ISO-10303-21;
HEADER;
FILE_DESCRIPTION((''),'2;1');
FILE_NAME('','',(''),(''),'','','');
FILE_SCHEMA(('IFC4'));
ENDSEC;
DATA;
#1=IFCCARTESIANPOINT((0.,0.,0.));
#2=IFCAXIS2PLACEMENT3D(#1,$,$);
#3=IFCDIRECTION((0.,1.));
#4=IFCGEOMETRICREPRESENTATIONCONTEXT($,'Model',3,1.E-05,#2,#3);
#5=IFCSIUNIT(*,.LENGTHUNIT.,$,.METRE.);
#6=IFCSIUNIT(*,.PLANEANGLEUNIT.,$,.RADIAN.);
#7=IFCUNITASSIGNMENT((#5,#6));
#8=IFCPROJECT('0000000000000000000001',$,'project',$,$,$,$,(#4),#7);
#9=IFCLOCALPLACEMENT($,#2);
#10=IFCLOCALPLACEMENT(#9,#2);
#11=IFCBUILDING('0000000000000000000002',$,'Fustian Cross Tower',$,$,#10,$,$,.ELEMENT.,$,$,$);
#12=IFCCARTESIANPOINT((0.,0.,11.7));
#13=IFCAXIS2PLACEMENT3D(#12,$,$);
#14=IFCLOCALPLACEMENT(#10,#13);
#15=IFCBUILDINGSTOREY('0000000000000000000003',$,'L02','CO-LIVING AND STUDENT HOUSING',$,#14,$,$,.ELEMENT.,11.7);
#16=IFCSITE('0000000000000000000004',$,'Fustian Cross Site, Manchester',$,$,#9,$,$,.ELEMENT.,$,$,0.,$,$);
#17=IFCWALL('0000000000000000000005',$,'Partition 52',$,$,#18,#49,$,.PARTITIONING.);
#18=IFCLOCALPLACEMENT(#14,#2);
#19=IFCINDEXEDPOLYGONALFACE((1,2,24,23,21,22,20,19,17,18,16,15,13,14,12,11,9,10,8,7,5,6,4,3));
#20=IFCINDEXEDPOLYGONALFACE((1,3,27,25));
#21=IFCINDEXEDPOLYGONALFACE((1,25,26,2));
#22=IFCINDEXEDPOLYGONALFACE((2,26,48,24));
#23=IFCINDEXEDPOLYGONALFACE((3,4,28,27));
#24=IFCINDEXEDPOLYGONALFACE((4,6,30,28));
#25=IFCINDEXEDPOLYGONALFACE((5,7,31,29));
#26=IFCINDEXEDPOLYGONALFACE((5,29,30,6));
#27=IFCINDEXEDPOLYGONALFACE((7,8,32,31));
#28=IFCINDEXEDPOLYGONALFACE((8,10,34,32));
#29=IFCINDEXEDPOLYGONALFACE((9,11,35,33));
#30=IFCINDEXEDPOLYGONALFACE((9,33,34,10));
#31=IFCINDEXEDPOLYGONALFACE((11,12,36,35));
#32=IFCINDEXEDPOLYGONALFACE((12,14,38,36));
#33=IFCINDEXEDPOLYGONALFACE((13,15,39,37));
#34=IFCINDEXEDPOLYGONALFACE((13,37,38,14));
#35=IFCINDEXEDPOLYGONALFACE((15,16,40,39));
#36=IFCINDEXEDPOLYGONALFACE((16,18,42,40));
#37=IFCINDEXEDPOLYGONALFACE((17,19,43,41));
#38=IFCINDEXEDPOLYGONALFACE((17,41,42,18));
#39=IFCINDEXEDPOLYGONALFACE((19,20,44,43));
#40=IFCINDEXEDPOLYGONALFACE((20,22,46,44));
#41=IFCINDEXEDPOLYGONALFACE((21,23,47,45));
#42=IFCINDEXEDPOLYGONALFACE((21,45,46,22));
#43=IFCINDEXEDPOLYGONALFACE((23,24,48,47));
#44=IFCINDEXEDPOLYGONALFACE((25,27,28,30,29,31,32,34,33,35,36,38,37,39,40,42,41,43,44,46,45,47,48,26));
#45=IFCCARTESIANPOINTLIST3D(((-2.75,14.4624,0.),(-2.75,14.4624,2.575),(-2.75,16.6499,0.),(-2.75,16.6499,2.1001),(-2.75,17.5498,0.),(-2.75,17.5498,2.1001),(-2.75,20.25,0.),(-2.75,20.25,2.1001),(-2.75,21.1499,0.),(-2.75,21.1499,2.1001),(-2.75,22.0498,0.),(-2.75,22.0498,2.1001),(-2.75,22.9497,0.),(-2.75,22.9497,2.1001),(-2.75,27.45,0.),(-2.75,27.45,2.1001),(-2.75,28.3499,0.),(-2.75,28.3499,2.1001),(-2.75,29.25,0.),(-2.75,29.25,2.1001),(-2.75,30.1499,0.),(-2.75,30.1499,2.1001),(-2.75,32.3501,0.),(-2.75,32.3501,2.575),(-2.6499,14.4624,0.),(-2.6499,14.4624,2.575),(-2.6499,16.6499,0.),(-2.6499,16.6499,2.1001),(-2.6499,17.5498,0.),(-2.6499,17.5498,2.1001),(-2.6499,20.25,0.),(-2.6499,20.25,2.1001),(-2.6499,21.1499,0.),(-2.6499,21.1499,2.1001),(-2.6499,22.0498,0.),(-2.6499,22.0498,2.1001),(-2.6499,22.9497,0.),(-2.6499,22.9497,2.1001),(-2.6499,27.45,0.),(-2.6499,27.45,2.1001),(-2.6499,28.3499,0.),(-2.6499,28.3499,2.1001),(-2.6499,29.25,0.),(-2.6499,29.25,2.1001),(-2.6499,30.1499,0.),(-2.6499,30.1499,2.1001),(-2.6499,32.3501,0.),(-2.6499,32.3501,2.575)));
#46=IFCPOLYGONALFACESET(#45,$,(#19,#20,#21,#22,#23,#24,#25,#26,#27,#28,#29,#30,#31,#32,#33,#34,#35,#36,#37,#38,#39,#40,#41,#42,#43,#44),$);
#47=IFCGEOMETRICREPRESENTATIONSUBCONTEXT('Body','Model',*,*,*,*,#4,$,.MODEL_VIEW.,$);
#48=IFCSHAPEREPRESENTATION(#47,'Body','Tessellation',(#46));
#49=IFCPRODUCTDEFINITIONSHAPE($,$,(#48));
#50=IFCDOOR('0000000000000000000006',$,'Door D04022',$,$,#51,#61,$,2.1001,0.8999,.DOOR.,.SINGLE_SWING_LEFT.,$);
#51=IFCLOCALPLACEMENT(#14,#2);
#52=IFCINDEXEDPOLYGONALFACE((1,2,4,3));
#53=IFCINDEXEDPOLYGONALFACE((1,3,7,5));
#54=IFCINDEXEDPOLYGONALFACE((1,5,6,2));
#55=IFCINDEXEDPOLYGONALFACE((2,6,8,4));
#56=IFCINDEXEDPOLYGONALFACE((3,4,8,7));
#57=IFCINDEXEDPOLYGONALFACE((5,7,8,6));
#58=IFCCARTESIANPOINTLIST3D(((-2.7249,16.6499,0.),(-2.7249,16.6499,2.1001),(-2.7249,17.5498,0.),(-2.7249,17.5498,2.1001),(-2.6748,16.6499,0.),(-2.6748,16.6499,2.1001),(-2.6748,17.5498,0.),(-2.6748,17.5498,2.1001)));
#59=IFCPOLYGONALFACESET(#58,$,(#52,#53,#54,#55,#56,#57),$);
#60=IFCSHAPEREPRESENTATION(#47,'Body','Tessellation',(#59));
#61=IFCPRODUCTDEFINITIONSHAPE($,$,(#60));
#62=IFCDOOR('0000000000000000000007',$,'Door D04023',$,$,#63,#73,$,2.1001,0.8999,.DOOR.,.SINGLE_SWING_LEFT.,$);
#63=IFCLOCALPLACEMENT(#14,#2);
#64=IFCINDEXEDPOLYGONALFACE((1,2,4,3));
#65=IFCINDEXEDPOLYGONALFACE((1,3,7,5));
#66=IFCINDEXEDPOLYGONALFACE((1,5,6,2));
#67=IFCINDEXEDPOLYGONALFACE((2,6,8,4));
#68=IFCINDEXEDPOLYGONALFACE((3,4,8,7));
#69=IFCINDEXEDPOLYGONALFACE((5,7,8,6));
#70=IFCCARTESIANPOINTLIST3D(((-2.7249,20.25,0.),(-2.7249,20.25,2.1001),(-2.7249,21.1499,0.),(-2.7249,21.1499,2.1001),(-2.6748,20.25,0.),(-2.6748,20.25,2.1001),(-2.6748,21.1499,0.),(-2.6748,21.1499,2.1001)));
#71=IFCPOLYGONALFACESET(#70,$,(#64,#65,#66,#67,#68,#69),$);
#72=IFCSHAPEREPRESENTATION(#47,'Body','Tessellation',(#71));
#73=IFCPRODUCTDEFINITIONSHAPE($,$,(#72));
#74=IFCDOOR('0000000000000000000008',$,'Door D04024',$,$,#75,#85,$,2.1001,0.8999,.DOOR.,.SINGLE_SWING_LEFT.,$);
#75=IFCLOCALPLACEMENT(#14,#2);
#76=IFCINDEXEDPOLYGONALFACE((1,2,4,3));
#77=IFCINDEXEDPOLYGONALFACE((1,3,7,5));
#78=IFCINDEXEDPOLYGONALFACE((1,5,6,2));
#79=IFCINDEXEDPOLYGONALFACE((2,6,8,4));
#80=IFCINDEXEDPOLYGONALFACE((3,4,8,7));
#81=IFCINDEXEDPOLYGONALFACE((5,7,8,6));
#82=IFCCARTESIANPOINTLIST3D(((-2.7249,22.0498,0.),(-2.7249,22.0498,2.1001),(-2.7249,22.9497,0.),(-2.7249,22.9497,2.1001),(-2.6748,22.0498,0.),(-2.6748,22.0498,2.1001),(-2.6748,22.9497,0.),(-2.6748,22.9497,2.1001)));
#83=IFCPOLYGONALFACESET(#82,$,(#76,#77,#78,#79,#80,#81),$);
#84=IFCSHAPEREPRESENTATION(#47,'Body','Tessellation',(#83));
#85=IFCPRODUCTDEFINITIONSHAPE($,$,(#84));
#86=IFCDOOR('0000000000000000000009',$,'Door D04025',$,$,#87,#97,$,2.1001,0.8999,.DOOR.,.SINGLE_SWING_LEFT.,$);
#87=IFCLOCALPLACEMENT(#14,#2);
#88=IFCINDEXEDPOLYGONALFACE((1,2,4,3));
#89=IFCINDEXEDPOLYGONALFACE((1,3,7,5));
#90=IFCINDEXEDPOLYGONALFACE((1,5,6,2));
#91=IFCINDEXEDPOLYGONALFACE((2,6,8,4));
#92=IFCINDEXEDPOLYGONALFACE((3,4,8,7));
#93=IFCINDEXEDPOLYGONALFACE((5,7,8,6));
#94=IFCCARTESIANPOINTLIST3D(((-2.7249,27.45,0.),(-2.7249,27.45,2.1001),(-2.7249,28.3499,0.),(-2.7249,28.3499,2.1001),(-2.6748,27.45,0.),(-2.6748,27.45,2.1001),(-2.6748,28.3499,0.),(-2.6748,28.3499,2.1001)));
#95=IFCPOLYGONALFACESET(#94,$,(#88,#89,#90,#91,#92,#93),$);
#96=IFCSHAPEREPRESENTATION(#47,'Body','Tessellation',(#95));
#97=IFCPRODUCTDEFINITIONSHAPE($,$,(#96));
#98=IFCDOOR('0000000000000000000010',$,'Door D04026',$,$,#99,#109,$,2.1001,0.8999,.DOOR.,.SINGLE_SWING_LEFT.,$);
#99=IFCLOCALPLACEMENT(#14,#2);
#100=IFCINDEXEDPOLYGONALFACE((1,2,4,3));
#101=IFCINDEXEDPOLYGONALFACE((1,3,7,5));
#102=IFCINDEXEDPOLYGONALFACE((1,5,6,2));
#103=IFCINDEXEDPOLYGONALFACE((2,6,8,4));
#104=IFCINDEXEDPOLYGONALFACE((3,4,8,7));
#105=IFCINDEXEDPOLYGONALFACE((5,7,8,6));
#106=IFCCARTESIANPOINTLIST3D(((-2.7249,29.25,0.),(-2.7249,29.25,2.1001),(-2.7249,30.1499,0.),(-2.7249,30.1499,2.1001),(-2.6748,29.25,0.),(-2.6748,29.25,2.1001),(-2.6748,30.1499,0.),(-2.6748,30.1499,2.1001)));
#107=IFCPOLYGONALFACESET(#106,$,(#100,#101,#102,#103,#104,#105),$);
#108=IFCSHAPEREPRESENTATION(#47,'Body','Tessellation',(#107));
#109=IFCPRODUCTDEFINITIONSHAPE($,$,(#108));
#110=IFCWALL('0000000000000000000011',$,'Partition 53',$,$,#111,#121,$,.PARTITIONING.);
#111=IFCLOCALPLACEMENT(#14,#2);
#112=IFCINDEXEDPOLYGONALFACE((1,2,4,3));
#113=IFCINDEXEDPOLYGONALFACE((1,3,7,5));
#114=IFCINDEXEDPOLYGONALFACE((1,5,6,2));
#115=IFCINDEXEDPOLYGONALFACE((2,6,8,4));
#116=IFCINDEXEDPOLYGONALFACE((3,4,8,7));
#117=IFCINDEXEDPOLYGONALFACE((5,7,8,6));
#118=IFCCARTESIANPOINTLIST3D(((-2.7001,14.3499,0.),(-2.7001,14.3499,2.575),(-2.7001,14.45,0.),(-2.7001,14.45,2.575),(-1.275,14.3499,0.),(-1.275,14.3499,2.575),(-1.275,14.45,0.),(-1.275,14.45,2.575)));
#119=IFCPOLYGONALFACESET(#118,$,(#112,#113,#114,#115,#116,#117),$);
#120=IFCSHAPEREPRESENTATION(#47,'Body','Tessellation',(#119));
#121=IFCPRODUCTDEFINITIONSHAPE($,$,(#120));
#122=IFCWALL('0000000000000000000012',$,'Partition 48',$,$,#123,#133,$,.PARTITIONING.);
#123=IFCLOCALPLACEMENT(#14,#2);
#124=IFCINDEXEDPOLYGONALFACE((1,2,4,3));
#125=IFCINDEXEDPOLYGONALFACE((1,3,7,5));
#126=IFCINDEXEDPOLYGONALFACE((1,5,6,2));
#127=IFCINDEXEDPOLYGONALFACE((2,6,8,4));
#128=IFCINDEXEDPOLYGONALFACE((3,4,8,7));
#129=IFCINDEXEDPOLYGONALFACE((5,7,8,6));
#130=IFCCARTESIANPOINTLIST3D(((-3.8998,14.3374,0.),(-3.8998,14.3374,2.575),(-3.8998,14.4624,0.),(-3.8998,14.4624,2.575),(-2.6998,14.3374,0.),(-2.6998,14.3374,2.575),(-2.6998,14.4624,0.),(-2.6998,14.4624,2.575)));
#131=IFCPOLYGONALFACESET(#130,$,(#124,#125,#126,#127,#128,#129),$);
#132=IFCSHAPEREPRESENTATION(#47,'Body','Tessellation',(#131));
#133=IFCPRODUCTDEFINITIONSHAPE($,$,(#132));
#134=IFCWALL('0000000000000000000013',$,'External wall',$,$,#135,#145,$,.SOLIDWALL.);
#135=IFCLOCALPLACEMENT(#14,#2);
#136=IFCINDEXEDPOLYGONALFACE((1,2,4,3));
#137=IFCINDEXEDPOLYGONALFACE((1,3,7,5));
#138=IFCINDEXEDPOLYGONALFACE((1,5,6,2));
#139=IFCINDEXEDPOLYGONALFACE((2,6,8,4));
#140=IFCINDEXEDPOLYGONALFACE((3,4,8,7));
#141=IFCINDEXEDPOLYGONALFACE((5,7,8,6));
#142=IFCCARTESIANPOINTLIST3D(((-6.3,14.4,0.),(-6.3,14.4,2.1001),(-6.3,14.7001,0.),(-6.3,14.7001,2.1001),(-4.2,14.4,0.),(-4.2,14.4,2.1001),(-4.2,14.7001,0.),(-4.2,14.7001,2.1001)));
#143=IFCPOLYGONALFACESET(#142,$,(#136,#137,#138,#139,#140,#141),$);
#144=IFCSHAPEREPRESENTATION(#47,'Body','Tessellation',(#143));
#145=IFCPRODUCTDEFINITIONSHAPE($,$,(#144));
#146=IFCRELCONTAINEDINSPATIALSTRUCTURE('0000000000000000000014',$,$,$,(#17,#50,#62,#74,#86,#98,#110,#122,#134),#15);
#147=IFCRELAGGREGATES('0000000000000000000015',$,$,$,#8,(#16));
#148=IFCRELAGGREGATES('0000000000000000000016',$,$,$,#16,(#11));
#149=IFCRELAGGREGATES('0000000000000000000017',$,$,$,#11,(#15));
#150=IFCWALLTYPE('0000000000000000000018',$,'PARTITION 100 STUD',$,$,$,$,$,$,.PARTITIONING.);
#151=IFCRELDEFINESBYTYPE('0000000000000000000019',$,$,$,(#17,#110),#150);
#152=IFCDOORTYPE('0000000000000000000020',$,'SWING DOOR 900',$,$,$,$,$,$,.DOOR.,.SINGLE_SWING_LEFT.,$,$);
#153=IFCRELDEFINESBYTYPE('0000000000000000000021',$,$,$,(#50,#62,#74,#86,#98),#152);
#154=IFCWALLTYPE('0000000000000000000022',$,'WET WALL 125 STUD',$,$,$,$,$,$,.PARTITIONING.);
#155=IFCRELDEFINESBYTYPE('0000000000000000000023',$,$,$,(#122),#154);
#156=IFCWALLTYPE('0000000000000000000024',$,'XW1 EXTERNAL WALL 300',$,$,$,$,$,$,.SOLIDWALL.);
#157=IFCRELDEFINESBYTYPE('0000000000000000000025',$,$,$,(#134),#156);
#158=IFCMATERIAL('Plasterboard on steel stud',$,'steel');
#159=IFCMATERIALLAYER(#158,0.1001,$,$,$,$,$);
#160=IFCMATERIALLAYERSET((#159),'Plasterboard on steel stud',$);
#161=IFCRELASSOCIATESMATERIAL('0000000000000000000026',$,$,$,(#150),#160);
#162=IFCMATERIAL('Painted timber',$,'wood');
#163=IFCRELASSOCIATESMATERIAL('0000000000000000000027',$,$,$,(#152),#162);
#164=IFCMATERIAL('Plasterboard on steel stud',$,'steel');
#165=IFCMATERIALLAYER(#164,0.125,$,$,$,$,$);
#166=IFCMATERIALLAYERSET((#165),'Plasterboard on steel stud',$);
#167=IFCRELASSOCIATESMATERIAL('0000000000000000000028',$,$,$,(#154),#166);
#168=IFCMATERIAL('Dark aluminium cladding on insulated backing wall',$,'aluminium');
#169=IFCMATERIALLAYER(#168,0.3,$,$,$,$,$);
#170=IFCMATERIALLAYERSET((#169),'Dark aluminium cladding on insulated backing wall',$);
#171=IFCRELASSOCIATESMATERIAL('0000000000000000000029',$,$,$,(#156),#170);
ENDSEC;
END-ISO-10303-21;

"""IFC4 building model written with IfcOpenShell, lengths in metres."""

from ifc_helpers import new_model, si_unit, direction, frame, frame_2d, origin, place, context, subcontext, project, spatial, rectangle, extrude, material, layer, layer_set, type_object, element, fill, save


model = new_model("IFC4")

# Units and contexts
model_context = context("Model", 3, precision=1e-05, world=origin(), true_north=direction((0.0, 1.0)))
body_context = subcontext(model_context, "Body", "Model", "MODEL_VIEW")
ifc_project = project(units=[si_unit("LENGTHUNIT", "METRE"), si_unit("PLANEANGLEUNIT", "RADIAN")], contexts=[model_context])

# Site, building, storey
site_placement = place(None, origin())
site = spatial("IfcSite", under=ifc_project, at=site_placement, Name="Fustian Cross Site, Manchester", CompositionType="ELEMENT", RefElevation=0.0)
building_placement = place(site_placement, origin())
building = spatial("IfcBuilding", under=site, at=building_placement, Name="Fustian Cross Tower", CompositionType="ELEMENT")
storey_placement = place(building_placement, frame((0.0, 0.0, 11.7)))
storey = spatial("IfcBuildingStorey", under=building, at=storey_placement, Name="L02", Description="CO-LIVING AND STUDENT HOUSING", CompositionType="ELEMENT", Elevation=11.7)

# Shared definitions
ifc_material_1 = material(Name="Plasterboard on steel stud", Category="steel")
ifc_layer_1 = layer(ifc_material_1, 0.1001)
ifc_layer_set_1 = layer_set([ifc_layer_1], Name="Plasterboard on steel stud")
wall_type_1 = type_object("IfcWallType", Name="PARTITION 100 STUD", PredefinedType="PARTITIONING", material=ifc_layer_set_1)

# Wall, openings, doors
wall_1_placement = place(storey_placement, frame((-2.7, 14.4624, 0.0), z_axis=(0.0, 0.0, 1.0), x_axis=(0.0, 1.0, 0.0)))
wall_1 = element("IfcWall", 1, at=wall_1_placement, inside=storey, type_object=wall_type_1, Name="Partition 52", PredefinedType="PARTITIONING", context=body_context, shape_type="SweptSolid", body=[
    extrude(rectangle(XDim=17.8877, YDim=0.1001, at=frame_2d((8.9438, 0.0))), origin(), (0.0, 0.0, 1.0), 2.575),
])
opening_1_placement = place(wall_1_placement, frame((2.1875, 0.0, 0.0)))
opening_1 = element("IfcOpeningElement", 2, at=opening_1_placement, cuts=wall_1, PredefinedType="OPENING", context=body_context, shape_type="SweptSolid", body=[
    extrude(rectangle(XDim=0.8999, YDim=2.1001, at=frame_2d((0.45, 1.05))), frame((0.0, 0.0601, 0.0), z_axis=(0.0, -1.0, 0.0), x_axis=(1.0, 0.0, 0.0)), (0.0, 0.0, 1.0), 0.1201),
])
opening_2_placement = place(wall_1_placement, frame((5.7876, 0.0, 0.0)))
opening_2 = element("IfcOpeningElement", 3, at=opening_2_placement, cuts=wall_1, PredefinedType="OPENING", context=body_context, shape_type="SweptSolid", body=[
    extrude(rectangle(XDim=0.8999, YDim=2.1001, at=frame_2d((0.45, 1.05))), frame((0.0, 0.0601, 0.0), z_axis=(0.0, -1.0, 0.0), x_axis=(1.0, 0.0, 0.0)), (0.0, 0.0, 1.0), 0.1201),
])
opening_3_placement = place(wall_1_placement, frame((7.5874, 0.0, 0.0)))
opening_3 = element("IfcOpeningElement", 4, at=opening_3_placement, cuts=wall_1, PredefinedType="OPENING", context=body_context, shape_type="SweptSolid", body=[
    extrude(rectangle(XDim=0.8999, YDim=2.1001, at=frame_2d((0.45, 1.05))), frame((0.0, 0.0601, 0.0), z_axis=(0.0, -1.0, 0.0), x_axis=(1.0, 0.0, 0.0)), (0.0, 0.0, 1.0), 0.1201),
])
opening_4_placement = place(wall_1_placement, frame((12.9875, 0.0, 0.0)))
opening_4 = element("IfcOpeningElement", 5, at=opening_4_placement, cuts=wall_1, PredefinedType="OPENING", context=body_context, shape_type="SweptSolid", body=[
    extrude(rectangle(XDim=0.8999, YDim=2.1001, at=frame_2d((0.45, 1.05))), frame((0.0, 0.0601, 0.0), z_axis=(0.0, -1.0, 0.0), x_axis=(1.0, 0.0, 0.0)), (0.0, 0.0, 1.0), 0.1201),
])
opening_5_placement = place(wall_1_placement, frame((14.7876, 0.0, 0.0)))
opening_5 = element("IfcOpeningElement", 6, at=opening_5_placement, cuts=wall_1, PredefinedType="OPENING", context=body_context, shape_type="SweptSolid", body=[
    extrude(rectangle(XDim=0.8999, YDim=2.1001, at=frame_2d((0.45, 1.05))), frame((0.0, 0.0601, 0.0), z_axis=(0.0, -1.0, 0.0), x_axis=(1.0, 0.0, 0.0)), (0.0, 0.0, 1.0), 0.1201),
])
ifc_material_2 = material(Name="Painted timber", Category="wood")
door_type_1 = type_object("IfcDoorType", Name="SWING DOOR 900", OperationType="SINGLE_SWING_LEFT", PredefinedType="DOOR", material=ifc_material_2)
door_1_placement = place(opening_1_placement, origin())
door_1 = element("IfcDoor", 7, at=door_1_placement, inside=storey, type_object=door_type_1, Name="Door D04022", OperationType="SINGLE_SWING_LEFT", OverallHeight=2.1001, OverallWidth=0.8999, PredefinedType="DOOR", context=body_context, shape_type="SweptSolid", body=[
    extrude(rectangle(XDim=0.8999, YDim=2.1001, at=frame_2d((0.45, 1.05))), frame((0.0, 0.0249, 0.0), z_axis=(0.0, -1.0, 0.0), x_axis=(1.0, 0.0, 0.0)), (0.0, 0.0, 1.0), 0.05),
])
fill(opening_1, door_1)
door_2_placement = place(opening_2_placement, origin())
door_2 = element("IfcDoor", 8, at=door_2_placement, inside=storey, type_object=door_type_1, Name="Door D04023", OperationType="SINGLE_SWING_LEFT", OverallHeight=2.1001, OverallWidth=0.8999, PredefinedType="DOOR", context=body_context, shape_type="SweptSolid", body=[
    extrude(rectangle(XDim=0.8999, YDim=2.1001, at=frame_2d((0.45, 1.05))), frame((0.0, 0.0249, 0.0), z_axis=(0.0, -1.0, 0.0), x_axis=(1.0, 0.0, 0.0)), (0.0, 0.0, 1.0), 0.05),
])
fill(opening_2, door_2)
door_3_placement = place(opening_3_placement, origin())
door_3 = element("IfcDoor", 9, at=door_3_placement, inside=storey, type_object=door_type_1, Name="Door D04024", OperationType="SINGLE_SWING_LEFT", OverallHeight=2.1001, OverallWidth=0.8999, PredefinedType="DOOR", context=body_context, shape_type="SweptSolid", body=[
    extrude(rectangle(XDim=0.8999, YDim=2.1001, at=frame_2d((0.45, 1.05))), frame((0.0, 0.0249, 0.0), z_axis=(0.0, -1.0, 0.0), x_axis=(1.0, 0.0, 0.0)), (0.0, 0.0, 1.0), 0.05),
])
fill(opening_3, door_3)
door_4_placement = place(opening_4_placement, origin())
door_4 = element("IfcDoor", 10, at=door_4_placement, inside=storey, type_object=door_type_1, Name="Door D04025", OperationType="SINGLE_SWING_LEFT", OverallHeight=2.1001, OverallWidth=0.8999, PredefinedType="DOOR", context=body_context, shape_type="SweptSolid", body=[
    extrude(rectangle(XDim=0.8999, YDim=2.1001, at=frame_2d((0.45, 1.05))), frame((0.0, 0.0249, 0.0), z_axis=(0.0, -1.0, 0.0), x_axis=(1.0, 0.0, 0.0)), (0.0, 0.0, 1.0), 0.05),
])
fill(opening_4, door_4)
door_5_placement = place(opening_5_placement, origin())
door_5 = element("IfcDoor", 11, at=door_5_placement, inside=storey, type_object=door_type_1, Name="Door D04026", OperationType="SINGLE_SWING_LEFT", OverallHeight=2.1001, OverallWidth=0.8999, PredefinedType="DOOR", context=body_context, shape_type="SweptSolid", body=[
    extrude(rectangle(XDim=0.8999, YDim=2.1001, at=frame_2d((0.45, 1.05))), frame((0.0, 0.0249, 0.0), z_axis=(0.0, -1.0, 0.0), x_axis=(1.0, 0.0, 0.0)), (0.0, 0.0, 1.0), 0.05),
])
fill(opening_5, door_5)

# Walls
wall_2_placement = place(storey_placement, frame((-2.7, 14.3999, 0.0), z_axis=(0.0, 0.0, 1.0), x_axis=(1.0, 0.0, 0.0)))
element("IfcWall", 12, at=wall_2_placement, inside=storey, type_object=wall_type_1, Name="Partition 53", PredefinedType="PARTITIONING", context=body_context, shape_type="SweptSolid", body=[
    extrude(rectangle(XDim=1.425, YDim=0.1001, at=frame_2d((0.7124, 0.0))), origin(), (0.0, 0.0, 1.0), 2.575),
])
ifc_material_3 = material(Name="Plasterboard on steel stud", Category="steel")
ifc_layer_2 = layer(ifc_material_3, 0.125)
ifc_layer_set_2 = layer_set([ifc_layer_2], Name="Plasterboard on steel stud")
wall_type_2 = type_object("IfcWallType", Name="WET WALL 125 STUD", PredefinedType="PARTITIONING", material=ifc_layer_set_2)
wall_3_placement = place(storey_placement, frame((-3.8999, 14.3999, 0.0), z_axis=(0.0, 0.0, 1.0), x_axis=(1.0, 0.0, 0.0)))
element("IfcWall", 13, at=wall_3_placement, inside=storey, type_object=wall_type_2, Name="Partition 48", PredefinedType="PARTITIONING", context=body_context, shape_type="SweptSolid", body=[
    extrude(rectangle(XDim=1.2, YDim=0.125, at=frame_2d((0.6001, 0.0))), origin(), (0.0, 0.0, 1.0), 2.575),
])
ifc_material_4 = material(Name="Dark aluminium cladding on insulated backing wall", Category="aluminium")
ifc_layer_3 = layer(ifc_material_4, 0.3)
ifc_layer_set_3 = layer_set([ifc_layer_3], Name="Dark aluminium cladding on insulated backing wall")
wall_type_3 = type_object("IfcWallType", Name="XW1 EXTERNAL WALL 300", PredefinedType="SOLIDWALL", material=ifc_layer_set_3)
wall_4_placement = place(storey_placement, frame((-6.3, 14.55, 0.0), z_axis=(0.0, 0.0, 1.0), x_axis=(1.0, 0.0, 0.0)))
element("IfcWall", 14, at=wall_4_placement, inside=storey, type_object=wall_type_3, Name="External wall", PredefinedType="SOLIDWALL", context=body_context, shape_type="SweptSolid", body=[
    extrude(rectangle(XDim=2.1001, YDim=0.3, at=frame_2d((1.05, 0.0))), origin(), (0.0, 0.0, 1.0), 2.1001),
])

save(model, "model.ifc")
